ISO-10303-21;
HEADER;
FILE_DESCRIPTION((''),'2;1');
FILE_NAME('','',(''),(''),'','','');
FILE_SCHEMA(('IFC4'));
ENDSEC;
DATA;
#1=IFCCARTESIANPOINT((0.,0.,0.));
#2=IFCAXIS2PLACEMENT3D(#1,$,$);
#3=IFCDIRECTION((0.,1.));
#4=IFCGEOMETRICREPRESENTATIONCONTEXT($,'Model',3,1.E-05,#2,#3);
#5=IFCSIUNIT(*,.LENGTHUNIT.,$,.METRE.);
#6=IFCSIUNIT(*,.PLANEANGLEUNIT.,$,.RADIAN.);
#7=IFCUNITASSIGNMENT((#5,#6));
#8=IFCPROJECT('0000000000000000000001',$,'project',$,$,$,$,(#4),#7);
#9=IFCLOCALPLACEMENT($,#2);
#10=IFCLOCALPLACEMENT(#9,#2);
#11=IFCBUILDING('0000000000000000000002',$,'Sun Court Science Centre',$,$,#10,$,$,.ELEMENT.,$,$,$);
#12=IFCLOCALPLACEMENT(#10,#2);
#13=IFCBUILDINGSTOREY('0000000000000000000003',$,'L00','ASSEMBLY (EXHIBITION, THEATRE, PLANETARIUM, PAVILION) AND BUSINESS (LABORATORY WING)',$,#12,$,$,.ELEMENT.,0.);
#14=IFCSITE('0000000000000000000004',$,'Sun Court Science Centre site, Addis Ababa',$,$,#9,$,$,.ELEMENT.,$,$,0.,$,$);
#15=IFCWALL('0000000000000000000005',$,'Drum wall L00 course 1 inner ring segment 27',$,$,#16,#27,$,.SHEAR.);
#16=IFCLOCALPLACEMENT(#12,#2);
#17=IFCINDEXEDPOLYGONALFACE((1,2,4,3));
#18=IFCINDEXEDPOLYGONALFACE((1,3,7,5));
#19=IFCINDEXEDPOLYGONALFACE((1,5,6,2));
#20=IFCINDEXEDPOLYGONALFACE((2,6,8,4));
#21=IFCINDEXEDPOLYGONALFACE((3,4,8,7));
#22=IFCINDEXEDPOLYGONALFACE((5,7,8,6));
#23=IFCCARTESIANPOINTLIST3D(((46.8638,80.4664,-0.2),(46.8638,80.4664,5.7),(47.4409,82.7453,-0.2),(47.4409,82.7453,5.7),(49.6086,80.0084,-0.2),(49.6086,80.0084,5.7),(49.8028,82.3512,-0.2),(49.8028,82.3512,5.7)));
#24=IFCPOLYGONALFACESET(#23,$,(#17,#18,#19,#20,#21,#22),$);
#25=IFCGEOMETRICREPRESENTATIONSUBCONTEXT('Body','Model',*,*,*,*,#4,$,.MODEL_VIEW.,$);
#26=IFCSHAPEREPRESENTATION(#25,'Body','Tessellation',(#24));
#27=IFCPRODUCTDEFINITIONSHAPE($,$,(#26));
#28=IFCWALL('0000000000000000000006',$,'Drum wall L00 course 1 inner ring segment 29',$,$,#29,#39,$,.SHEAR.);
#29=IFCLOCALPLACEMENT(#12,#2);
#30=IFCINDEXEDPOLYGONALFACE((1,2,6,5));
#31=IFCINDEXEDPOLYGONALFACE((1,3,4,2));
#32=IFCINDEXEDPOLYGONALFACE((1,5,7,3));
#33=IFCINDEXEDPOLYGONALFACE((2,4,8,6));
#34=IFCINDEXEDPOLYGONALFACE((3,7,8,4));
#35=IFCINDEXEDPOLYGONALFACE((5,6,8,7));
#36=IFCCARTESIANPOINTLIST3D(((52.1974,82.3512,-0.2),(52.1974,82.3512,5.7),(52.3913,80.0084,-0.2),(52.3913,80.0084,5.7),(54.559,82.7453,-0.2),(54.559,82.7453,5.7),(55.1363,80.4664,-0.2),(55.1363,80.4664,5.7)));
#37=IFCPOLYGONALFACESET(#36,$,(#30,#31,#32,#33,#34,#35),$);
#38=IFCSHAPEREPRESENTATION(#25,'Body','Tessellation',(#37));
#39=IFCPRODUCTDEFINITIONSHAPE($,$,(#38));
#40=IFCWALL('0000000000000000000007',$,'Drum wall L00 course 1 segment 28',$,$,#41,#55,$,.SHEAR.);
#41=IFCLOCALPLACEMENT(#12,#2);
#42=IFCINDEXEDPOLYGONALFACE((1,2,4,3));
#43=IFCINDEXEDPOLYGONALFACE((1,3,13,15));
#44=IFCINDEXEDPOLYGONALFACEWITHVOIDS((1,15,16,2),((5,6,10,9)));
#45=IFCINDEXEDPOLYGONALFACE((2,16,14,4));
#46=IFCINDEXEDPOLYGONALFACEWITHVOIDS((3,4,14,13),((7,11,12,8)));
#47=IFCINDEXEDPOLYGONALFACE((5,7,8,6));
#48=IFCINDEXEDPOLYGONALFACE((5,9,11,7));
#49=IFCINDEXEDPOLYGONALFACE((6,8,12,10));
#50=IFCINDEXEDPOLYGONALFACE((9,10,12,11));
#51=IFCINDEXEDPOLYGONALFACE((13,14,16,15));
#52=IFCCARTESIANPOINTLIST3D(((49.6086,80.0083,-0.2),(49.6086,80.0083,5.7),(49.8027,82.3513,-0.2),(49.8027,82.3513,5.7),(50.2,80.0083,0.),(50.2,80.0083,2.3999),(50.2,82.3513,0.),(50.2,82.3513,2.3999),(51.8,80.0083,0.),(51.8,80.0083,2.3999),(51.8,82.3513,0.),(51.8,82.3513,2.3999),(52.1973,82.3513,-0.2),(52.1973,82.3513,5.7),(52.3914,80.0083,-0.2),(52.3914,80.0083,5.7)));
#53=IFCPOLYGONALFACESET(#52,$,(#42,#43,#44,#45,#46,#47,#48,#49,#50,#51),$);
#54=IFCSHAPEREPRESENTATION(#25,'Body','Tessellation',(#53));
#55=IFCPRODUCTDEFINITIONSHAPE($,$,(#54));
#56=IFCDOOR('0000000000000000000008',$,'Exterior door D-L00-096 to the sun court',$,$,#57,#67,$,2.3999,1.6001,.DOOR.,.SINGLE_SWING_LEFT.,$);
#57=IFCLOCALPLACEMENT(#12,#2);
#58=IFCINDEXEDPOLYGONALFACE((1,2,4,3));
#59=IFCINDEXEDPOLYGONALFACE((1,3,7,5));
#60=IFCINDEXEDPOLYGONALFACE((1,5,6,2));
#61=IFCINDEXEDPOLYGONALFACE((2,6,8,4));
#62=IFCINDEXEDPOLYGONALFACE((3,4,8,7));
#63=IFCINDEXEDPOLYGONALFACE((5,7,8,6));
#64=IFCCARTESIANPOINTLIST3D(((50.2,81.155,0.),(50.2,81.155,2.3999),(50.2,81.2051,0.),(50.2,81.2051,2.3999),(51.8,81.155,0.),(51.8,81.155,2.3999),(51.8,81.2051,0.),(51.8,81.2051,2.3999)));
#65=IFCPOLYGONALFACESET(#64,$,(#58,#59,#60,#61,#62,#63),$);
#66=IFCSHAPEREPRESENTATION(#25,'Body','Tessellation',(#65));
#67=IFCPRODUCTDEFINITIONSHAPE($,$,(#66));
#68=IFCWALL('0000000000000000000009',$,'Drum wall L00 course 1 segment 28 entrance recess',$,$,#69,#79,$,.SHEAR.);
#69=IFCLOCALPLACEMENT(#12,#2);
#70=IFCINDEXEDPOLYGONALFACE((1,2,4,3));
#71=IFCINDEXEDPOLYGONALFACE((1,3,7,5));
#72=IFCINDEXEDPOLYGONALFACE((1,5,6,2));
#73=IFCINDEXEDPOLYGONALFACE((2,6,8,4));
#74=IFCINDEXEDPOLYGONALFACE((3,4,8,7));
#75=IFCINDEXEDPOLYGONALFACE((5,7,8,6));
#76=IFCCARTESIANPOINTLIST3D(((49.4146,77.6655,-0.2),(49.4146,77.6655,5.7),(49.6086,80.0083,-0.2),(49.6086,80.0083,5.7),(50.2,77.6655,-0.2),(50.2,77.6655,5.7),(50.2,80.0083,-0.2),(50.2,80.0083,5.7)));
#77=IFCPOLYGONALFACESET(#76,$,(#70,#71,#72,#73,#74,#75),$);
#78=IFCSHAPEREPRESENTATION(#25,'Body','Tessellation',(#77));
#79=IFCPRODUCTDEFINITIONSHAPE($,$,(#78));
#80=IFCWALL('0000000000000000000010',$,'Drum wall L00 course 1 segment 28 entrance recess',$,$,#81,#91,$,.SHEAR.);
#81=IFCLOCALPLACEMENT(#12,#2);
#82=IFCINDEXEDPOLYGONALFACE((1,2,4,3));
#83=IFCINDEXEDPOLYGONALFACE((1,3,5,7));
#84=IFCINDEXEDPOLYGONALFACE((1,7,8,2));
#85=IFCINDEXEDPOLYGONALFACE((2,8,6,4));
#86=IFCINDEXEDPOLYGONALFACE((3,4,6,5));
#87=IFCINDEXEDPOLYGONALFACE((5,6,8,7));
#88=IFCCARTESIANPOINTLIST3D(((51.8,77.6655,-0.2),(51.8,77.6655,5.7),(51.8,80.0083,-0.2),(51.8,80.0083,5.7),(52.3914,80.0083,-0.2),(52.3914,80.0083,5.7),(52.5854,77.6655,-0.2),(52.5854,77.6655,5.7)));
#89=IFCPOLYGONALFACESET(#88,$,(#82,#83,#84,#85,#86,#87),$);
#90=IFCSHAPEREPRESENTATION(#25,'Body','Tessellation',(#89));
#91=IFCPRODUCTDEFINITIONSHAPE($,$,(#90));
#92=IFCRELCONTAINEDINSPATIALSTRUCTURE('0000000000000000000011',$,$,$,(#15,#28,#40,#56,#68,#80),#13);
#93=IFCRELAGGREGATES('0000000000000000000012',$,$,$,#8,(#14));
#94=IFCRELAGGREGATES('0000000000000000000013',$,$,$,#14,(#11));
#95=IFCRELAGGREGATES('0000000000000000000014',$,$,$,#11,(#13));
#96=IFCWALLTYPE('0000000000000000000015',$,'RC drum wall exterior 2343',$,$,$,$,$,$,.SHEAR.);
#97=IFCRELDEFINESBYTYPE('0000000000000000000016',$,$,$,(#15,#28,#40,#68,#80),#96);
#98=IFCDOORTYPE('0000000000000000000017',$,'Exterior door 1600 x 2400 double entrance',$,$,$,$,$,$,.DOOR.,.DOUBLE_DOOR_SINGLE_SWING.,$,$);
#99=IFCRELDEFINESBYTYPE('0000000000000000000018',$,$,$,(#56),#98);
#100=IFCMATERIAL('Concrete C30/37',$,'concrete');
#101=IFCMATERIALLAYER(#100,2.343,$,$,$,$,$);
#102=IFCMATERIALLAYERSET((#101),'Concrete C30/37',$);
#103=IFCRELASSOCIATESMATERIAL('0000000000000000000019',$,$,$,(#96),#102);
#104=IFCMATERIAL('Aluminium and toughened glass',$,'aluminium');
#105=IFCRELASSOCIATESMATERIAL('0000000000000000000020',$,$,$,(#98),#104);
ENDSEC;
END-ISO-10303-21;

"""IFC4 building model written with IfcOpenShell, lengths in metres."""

from ifc_helpers import new_model, si_unit, direction, frame, frame_2d, origin, place, context, subcontext, project, spatial, polyline, rectangle, outline, extrude, material, layer, layer_set, type_object, element, fill, save


model = new_model("IFC4")

# Units and contexts
model_context = context("Model", 3, precision=1e-05, world=origin(), true_north=direction((0.0, 1.0)))
body_context = subcontext(model_context, "Body", "Model", "MODEL_VIEW")
ifc_project = project(units=[si_unit("LENGTHUNIT", "METRE"), si_unit("PLANEANGLEUNIT", "RADIAN")], contexts=[model_context])

# Site, building, storey
site_placement = place(None, origin())
site = spatial("IfcSite", under=ifc_project, at=site_placement, Name="Sun Court Science Centre site, Addis Ababa", CompositionType="ELEMENT", RefElevation=0.0)
building_placement = place(site_placement, origin())
building = spatial("IfcBuilding", under=site, at=building_placement, Name="Sun Court Science Centre", CompositionType="ELEMENT")
storey_placement = place(building_placement, origin())
storey = spatial("IfcBuildingStorey", under=building, at=storey_placement, Name="L00", Description="ASSEMBLY (EXHIBITION, THEATRE, PLANETARIUM, PAVILION) AND BUSINESS (LABORATORY WING)", CompositionType="ELEMENT", Elevation=0.0)

# Walls
ifc_material_1 = material(Name="Concrete C30/37", Category="concrete")
ifc_layer_1 = layer(ifc_material_1, 2.343)
ifc_layer_set_1 = layer_set([ifc_layer_1], Name="Concrete C30/37")
wall_type_1 = type_object("IfcWallType", Name="RC drum wall exterior 2343", PredefinedType="SHEAR", material=ifc_layer_set_1)
wall_1_placement = place(storey_placement, frame((47.0566, 81.6218, -0.2), z_axis=(0.0, 0.0, 1.0), x_axis=(0.986363, -0.164584, 0.0)))
element("IfcWall", 1, at=wall_1_placement, inside=storey, type_object=wall_type_1, Name="Drum wall L00 course 1 inner ring segment 27", PredefinedType="SHEAR", context=body_context, shape_type="SweptSolid", body=[
    extrude(outline(polyline([(0.0, -1.1714), (2.7827, -1.1714), (2.5886, 1.1714), (0.1941, 1.1714), (0.0, -1.1714)])), origin(), (0.0, 0.0, 1.0), 5.8999),
])
wall_2_placement = place(storey_placement, frame((52.1985, 81.1638, -0.2), z_axis=(0.0, 0.0, 1.0), x_axis=(0.986363, 0.164584, 0.0)))
element("IfcWall", 2, at=wall_2_placement, inside=storey, type_object=wall_type_1, Name="Drum wall L00 course 1 inner ring segment 29", PredefinedType="SHEAR", context=body_context, shape_type="SweptSolid", body=[
    extrude(outline(polyline([(0.0, -1.1714), (2.783, -1.1714), (2.5886, 1.1714), (0.1943, 1.1714), (0.0, -1.1714)])), origin(), (0.0, 0.0, 1.0), 5.8999),
])

# Wall, opening, door
wall_3_placement = place(storey_placement, frame((52.3914, 81.1799, -0.2), z_axis=(0.0, 0.0, 1.0), x_axis=(-1.0, 0.0, 0.0)))
wall_3 = element("IfcWall", 3, at=wall_3_placement, inside=storey, type_object=wall_type_1, Name="Drum wall L00 course 1 segment 28", PredefinedType="SHEAR", context=body_context, shape_type="SweptSolid", body=[
    extrude(outline(polyline([(2.7827, 1.1716), (0.0, 1.1716), (0.1941, -1.1714), (2.5886, -1.1714), (2.7827, 1.1716)])), origin(), (0.0, 0.0, 1.0), 5.8999),
])
opening_placement = place(wall_3_placement, frame((0.5913, 0.0, 0.2)))
opening = element("IfcOpeningElement", 4, at=opening_placement, cuts=wall_3, PredefinedType="OPENING", context=body_context, shape_type="SweptSolid", body=[
    extrude(rectangle(XDim=1.6001, YDim=2.3999, at=frame_2d((0.8, 1.2))), frame((0.0, 1.1814, 0.0), z_axis=(0.0, -1.0, 0.0), x_axis=(1.0, 0.0, 0.0)), (0.0, 0.0, 1.0), 2.3628),
])
ifc_material_2 = material(Name="Aluminium and toughened glass", Category="aluminium")
door_type = type_object("IfcDoorType", Name="Exterior door 1600 x 2400 double entrance", OperationType="DOUBLE_DOOR_SINGLE_SWING", PredefinedType="DOOR", material=ifc_material_2)
door_placement = place(opening_placement, origin())
door = element("IfcDoor", 5, at=door_placement, inside=storey, type_object=door_type, Name="Exterior door D-L00-096 to the sun court", OperationType="SINGLE_SWING_LEFT", OverallHeight=2.3999, OverallWidth=1.6001, PredefinedType="DOOR", context=body_context, shape_type="SweptSolid", body=[
    extrude(rectangle(XDim=1.6001, YDim=2.3999, at=frame_2d((0.8, 1.2))), frame((0.0, 0.0249, 0.0), z_axis=(0.0, -1.0, 0.0), x_axis=(1.0, 0.0, 0.0)), (0.0, 0.0, 1.0), 0.05),
])
fill(opening, door)

# Walls
wall_4_placement = place(storey_placement, frame((49.4146, 78.8369, -0.2), z_axis=(0.0, 0.0, 1.0), x_axis=(1.0, 0.0, 0.0)))
element("IfcWall", 6, at=wall_4_placement, inside=storey, type_object=wall_type_1, Name="Drum wall L00 course 1 segment 28 entrance recess", PredefinedType="SHEAR", context=body_context, shape_type="SweptSolid", body=[
    extrude(outline(polyline([(0.0, -1.1714), (0.1941, 1.1714), (0.7854, 1.1714), (0.7854, -1.1714), (0.0, -1.1714)])), origin(), (0.0, 0.0, 1.0), 5.8999),
])
wall_5_placement = place(storey_placement, frame((51.8, 78.8369, -0.2), z_axis=(0.0, 0.0, 1.0), x_axis=(1.0, 0.0, 0.0)))
element("IfcWall", 7, at=wall_5_placement, inside=storey, type_object=wall_type_1, Name="Drum wall L00 course 1 segment 28 entrance recess", PredefinedType="SHEAR", context=body_context, shape_type="SweptSolid", body=[
    extrude(outline(polyline([(0.5913, 1.1714), (0.7854, -1.1714), (0.0, -1.1714), (0.0, 1.1714), (0.5913, 1.1714)])), origin(), (0.0, 0.0, 1.0), 5.8999),
])

save(model, "model.ifc")
